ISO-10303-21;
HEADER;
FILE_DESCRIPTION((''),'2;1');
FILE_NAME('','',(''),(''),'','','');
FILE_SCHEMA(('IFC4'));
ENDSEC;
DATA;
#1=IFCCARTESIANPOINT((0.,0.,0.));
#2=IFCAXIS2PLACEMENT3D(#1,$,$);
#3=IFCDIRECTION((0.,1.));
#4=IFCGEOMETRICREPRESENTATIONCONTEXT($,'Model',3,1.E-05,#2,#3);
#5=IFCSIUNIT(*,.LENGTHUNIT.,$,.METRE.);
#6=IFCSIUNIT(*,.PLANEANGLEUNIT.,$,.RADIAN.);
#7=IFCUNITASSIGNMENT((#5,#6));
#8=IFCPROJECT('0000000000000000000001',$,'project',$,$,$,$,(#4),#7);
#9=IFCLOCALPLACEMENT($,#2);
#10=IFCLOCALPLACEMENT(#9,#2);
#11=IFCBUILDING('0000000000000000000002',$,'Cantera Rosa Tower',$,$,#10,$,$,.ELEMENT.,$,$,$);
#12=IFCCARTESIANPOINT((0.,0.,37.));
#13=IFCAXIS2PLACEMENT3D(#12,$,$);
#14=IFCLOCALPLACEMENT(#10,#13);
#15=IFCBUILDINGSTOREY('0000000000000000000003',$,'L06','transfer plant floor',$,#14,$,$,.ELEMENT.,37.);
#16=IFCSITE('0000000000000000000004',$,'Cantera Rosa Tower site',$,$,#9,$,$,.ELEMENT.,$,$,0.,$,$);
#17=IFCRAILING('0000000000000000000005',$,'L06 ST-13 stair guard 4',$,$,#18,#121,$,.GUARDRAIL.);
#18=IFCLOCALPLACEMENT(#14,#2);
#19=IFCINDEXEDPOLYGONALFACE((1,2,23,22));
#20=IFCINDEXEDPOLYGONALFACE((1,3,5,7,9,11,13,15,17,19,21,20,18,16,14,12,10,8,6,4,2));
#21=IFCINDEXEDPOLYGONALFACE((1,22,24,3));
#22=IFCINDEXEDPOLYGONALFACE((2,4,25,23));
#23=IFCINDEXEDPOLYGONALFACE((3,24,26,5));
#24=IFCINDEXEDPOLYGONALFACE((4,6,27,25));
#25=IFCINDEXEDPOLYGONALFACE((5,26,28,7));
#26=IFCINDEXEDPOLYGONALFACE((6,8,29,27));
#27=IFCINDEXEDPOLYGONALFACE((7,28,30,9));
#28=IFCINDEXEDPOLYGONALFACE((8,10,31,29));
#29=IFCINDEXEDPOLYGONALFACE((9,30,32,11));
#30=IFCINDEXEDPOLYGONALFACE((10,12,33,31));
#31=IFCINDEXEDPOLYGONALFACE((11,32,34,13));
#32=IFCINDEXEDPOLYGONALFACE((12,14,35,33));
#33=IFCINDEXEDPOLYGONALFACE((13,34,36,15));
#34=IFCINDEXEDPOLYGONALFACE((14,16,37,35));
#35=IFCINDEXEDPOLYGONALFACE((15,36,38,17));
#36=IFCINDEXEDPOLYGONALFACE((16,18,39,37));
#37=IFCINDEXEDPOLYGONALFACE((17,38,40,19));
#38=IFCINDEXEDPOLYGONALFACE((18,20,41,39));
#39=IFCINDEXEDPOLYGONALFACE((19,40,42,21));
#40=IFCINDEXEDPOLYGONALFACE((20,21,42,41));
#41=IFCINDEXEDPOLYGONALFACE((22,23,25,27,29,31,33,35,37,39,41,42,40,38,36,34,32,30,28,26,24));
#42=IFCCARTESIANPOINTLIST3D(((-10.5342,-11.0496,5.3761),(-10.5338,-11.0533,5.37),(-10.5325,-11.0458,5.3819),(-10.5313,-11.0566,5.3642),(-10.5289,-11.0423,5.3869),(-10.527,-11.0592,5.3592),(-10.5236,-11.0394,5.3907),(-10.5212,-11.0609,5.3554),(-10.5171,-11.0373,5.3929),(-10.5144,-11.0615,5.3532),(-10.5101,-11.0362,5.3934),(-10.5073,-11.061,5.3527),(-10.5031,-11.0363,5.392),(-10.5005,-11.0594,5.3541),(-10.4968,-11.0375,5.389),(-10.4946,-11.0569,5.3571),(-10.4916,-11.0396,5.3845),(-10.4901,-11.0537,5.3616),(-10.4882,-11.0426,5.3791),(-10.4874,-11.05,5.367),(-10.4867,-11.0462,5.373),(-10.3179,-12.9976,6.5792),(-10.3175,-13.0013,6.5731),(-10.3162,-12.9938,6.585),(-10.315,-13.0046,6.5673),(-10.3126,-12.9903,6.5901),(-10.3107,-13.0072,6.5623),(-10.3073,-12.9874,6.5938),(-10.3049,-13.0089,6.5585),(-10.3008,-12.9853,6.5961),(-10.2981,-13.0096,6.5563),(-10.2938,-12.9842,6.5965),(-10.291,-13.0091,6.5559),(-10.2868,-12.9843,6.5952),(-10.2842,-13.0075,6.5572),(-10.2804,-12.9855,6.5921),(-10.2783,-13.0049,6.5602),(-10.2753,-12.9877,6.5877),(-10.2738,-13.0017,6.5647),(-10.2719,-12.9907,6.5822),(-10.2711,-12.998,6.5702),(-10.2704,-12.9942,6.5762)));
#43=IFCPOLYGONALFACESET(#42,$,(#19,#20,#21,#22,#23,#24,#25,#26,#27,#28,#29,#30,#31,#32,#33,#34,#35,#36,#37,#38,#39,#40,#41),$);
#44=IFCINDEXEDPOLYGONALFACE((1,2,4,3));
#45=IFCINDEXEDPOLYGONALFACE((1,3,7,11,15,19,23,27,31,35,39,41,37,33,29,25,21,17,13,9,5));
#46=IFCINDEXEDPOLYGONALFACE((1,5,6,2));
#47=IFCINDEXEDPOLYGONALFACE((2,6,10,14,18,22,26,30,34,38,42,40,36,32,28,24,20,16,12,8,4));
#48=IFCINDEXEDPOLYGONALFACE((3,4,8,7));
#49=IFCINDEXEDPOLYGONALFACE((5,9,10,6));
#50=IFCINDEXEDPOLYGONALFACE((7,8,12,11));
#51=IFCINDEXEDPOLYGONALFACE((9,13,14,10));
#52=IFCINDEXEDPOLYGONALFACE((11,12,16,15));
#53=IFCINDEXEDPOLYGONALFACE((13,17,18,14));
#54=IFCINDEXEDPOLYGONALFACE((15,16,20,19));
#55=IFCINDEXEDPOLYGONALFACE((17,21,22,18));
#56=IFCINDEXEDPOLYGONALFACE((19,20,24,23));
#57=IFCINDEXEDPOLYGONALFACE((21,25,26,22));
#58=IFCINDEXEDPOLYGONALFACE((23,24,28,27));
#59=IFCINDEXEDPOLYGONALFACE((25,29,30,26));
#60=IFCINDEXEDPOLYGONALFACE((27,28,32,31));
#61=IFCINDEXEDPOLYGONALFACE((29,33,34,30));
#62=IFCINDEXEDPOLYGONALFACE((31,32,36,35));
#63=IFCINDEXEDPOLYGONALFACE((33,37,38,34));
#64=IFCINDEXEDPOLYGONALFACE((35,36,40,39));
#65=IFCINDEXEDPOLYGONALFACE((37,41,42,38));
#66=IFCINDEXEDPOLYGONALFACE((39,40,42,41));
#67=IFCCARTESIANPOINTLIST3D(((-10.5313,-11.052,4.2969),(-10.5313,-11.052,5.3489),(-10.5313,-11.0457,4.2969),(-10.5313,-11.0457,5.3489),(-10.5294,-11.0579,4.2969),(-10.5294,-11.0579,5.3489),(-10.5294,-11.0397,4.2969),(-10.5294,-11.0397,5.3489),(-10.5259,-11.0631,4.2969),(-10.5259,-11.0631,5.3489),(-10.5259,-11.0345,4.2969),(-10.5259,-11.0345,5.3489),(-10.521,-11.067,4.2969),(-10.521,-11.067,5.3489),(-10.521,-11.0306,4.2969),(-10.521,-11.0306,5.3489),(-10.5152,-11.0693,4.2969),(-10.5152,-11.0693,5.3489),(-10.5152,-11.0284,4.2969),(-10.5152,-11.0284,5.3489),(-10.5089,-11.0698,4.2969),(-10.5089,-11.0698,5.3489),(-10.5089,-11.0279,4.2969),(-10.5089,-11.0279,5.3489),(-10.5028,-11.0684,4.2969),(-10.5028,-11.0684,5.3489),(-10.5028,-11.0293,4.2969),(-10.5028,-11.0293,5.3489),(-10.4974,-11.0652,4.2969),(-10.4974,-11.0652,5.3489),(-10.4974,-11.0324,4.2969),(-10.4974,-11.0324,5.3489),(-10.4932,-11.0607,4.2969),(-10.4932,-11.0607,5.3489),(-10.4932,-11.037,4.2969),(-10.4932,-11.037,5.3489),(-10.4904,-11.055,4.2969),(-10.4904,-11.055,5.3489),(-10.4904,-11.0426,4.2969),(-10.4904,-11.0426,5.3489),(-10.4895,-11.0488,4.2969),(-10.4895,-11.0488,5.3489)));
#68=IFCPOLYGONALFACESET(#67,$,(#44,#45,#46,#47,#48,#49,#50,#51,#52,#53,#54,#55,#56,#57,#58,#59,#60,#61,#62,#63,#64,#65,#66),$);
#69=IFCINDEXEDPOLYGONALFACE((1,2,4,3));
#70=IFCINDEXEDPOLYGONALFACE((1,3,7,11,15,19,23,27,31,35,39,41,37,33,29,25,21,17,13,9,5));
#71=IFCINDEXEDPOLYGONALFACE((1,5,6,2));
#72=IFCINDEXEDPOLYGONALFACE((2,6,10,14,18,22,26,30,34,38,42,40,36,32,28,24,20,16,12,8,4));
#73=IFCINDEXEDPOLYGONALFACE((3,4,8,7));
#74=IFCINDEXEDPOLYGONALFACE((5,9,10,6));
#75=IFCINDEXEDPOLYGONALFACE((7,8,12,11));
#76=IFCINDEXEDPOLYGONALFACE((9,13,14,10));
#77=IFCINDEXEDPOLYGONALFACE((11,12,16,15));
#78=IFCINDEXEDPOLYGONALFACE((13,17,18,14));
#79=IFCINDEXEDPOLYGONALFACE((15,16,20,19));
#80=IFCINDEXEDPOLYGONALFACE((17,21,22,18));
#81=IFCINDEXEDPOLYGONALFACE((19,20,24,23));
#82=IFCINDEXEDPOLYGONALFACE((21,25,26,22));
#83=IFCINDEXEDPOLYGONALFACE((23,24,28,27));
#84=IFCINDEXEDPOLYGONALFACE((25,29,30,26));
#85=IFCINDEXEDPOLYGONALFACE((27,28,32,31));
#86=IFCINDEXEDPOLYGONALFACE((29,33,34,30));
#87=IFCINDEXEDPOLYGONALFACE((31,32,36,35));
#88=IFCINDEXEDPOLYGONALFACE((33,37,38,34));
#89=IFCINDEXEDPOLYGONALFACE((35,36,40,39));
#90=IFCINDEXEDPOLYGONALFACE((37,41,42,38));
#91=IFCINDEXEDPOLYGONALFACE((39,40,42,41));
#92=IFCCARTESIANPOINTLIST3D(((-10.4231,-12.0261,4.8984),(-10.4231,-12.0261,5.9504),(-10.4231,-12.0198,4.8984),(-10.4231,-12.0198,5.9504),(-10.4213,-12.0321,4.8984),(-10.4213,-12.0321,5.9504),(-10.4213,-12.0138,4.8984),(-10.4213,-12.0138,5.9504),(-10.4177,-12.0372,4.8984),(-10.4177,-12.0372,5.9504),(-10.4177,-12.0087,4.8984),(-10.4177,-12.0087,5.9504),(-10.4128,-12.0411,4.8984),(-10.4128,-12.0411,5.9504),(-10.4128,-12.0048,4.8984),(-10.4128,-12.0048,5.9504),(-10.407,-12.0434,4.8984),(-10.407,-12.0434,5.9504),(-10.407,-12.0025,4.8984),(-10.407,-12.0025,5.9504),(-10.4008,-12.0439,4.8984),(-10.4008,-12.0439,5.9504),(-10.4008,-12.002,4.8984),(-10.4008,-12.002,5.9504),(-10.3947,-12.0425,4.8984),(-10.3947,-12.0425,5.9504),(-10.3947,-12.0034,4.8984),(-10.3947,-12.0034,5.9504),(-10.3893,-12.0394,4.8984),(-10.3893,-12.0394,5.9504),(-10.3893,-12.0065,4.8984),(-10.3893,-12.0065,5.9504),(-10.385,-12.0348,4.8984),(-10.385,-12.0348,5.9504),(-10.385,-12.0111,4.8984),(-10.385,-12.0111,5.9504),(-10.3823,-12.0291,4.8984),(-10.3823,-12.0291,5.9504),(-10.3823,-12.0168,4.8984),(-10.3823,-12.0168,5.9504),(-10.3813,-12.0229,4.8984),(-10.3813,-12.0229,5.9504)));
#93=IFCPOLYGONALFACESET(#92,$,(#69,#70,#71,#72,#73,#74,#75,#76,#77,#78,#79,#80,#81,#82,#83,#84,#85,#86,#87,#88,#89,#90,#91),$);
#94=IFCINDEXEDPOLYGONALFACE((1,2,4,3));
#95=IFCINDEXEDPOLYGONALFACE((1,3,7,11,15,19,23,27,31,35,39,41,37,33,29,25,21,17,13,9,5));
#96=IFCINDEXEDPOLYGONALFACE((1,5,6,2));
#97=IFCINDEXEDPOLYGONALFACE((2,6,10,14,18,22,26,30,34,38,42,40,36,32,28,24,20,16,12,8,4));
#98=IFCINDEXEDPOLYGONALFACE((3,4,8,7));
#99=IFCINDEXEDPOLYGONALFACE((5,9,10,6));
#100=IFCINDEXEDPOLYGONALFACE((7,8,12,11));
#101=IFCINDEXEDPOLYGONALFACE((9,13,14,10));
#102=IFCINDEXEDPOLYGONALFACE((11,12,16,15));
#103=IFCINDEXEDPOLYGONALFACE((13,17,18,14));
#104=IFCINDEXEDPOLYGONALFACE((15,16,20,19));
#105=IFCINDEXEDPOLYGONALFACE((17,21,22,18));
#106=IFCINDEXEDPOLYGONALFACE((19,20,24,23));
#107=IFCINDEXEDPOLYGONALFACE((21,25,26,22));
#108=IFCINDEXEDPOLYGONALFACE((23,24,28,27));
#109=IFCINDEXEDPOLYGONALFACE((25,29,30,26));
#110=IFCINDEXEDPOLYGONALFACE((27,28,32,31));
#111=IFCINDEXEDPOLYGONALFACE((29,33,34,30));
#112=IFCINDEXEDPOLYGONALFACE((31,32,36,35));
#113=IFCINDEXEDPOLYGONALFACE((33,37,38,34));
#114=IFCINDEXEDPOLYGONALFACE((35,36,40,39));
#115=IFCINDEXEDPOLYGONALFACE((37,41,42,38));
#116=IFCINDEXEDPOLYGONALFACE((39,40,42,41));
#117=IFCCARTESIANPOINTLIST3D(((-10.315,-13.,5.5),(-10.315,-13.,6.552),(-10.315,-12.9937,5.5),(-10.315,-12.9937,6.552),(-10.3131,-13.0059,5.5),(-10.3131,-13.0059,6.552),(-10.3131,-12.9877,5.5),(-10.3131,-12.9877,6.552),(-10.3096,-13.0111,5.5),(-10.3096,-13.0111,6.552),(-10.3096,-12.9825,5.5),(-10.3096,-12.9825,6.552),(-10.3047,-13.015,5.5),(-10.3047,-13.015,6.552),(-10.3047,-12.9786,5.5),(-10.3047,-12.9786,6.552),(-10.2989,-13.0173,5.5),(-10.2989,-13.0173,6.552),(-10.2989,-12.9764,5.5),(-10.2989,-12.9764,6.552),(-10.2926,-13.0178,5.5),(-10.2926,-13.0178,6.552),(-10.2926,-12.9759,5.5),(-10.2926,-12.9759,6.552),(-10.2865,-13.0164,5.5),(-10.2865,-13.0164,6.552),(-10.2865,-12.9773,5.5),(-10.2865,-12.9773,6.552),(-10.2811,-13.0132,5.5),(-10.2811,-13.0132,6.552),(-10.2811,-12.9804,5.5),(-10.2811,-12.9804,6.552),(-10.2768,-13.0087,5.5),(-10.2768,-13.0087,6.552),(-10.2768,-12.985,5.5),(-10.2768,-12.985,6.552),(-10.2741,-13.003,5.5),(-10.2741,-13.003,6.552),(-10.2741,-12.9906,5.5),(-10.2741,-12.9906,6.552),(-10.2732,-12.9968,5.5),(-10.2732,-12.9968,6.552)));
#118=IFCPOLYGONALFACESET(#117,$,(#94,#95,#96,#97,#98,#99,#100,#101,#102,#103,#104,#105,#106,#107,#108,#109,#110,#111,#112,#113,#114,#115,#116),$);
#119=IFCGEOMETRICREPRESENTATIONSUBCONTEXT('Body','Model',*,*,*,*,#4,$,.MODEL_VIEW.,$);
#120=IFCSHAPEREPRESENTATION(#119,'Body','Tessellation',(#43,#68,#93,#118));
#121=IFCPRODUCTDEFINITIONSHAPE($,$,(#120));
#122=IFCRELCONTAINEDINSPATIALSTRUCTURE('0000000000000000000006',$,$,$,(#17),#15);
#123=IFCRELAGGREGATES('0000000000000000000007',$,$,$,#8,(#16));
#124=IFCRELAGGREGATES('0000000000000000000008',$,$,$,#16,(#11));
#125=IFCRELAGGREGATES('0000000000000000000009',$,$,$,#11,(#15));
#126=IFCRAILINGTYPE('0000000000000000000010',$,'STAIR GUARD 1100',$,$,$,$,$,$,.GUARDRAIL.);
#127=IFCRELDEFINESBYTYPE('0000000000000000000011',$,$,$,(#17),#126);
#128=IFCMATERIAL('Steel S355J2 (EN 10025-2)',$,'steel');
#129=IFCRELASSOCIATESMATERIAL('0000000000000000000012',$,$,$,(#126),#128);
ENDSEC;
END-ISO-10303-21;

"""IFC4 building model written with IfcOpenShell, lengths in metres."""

from ifc_helpers import new_model, si_unit, direction, frame, origin, origin_2d, place, context, subcontext, project, spatial, circle, extrude, material, type_object, element, save


model = new_model("IFC4")

# Units and contexts
model_context = context("Model", 3, precision=1e-05, world=origin(), true_north=direction((0.0, 1.0)))
body_context = subcontext(model_context, "Body", "Model", "MODEL_VIEW")
ifc_project = project(units=[si_unit("LENGTHUNIT", "METRE"), si_unit("PLANEANGLEUNIT", "RADIAN")], contexts=[model_context])

# Site, building, storey
site_placement = place(None, origin())
site = spatial("IfcSite", under=ifc_project, at=site_placement, Name="Cantera Rosa Tower site", CompositionType="ELEMENT", RefElevation=0.0)
building_placement = place(site_placement, origin())
building = spatial("IfcBuilding", under=site, at=building_placement, Name="Cantera Rosa Tower", CompositionType="ELEMENT")
storey_placement = place(building_placement, frame((0.0, 0.0, 37.0)))
storey = spatial("IfcBuildingStorey", under=building, at=storey_placement, Name="L06", Description="transfer plant floor", CompositionType="ELEMENT", Elevation=37.0)

# Railing
ifc_material_1 = material(Name="Steel S355J2 (EN 10025-2)", Category="steel")
railing_type_1 = type_object("IfcRailingType", Name="STAIR GUARD 1100", PredefinedType="GUARDRAIL", material=ifc_material_1)
railing_1_placement = place(storey_placement, frame((-10.5105, -11.0488, 4.2969)))
element("IfcRailing", 1, at=railing_1_placement, inside=storey, type_object=railing_type_1, Name="L06 ST-13 stair guard 4", PredefinedType="GUARDRAIL", context=body_context, shape_type="SweptSolid", body=[
    extrude(circle(Radius=0.0239, at=origin_2d()), frame((0.0, 0.0, 1.0762), z_axis=(0.094056, -0.847036, 0.523147), x_axis=(0.993891, 0.110363, 0.0)), (0.0, 0.0, 1.0), 2.2998),
    extrude(circle(Radius=0.021, at=origin_2d()), origin(), (0.0, 0.0, 1.0), 1.052),
    extrude(circle(Radius=0.021, at=origin_2d()), frame((0.1082, -0.9741, 0.6016)), (0.0, 0.0, 1.0), 1.052),
    extrude(circle(Radius=0.021, at=origin_2d()), frame((0.2163, -1.948, 1.2031)), (0.0, 0.0, 1.0), 1.052),
])

save(model, "model.ifc")
